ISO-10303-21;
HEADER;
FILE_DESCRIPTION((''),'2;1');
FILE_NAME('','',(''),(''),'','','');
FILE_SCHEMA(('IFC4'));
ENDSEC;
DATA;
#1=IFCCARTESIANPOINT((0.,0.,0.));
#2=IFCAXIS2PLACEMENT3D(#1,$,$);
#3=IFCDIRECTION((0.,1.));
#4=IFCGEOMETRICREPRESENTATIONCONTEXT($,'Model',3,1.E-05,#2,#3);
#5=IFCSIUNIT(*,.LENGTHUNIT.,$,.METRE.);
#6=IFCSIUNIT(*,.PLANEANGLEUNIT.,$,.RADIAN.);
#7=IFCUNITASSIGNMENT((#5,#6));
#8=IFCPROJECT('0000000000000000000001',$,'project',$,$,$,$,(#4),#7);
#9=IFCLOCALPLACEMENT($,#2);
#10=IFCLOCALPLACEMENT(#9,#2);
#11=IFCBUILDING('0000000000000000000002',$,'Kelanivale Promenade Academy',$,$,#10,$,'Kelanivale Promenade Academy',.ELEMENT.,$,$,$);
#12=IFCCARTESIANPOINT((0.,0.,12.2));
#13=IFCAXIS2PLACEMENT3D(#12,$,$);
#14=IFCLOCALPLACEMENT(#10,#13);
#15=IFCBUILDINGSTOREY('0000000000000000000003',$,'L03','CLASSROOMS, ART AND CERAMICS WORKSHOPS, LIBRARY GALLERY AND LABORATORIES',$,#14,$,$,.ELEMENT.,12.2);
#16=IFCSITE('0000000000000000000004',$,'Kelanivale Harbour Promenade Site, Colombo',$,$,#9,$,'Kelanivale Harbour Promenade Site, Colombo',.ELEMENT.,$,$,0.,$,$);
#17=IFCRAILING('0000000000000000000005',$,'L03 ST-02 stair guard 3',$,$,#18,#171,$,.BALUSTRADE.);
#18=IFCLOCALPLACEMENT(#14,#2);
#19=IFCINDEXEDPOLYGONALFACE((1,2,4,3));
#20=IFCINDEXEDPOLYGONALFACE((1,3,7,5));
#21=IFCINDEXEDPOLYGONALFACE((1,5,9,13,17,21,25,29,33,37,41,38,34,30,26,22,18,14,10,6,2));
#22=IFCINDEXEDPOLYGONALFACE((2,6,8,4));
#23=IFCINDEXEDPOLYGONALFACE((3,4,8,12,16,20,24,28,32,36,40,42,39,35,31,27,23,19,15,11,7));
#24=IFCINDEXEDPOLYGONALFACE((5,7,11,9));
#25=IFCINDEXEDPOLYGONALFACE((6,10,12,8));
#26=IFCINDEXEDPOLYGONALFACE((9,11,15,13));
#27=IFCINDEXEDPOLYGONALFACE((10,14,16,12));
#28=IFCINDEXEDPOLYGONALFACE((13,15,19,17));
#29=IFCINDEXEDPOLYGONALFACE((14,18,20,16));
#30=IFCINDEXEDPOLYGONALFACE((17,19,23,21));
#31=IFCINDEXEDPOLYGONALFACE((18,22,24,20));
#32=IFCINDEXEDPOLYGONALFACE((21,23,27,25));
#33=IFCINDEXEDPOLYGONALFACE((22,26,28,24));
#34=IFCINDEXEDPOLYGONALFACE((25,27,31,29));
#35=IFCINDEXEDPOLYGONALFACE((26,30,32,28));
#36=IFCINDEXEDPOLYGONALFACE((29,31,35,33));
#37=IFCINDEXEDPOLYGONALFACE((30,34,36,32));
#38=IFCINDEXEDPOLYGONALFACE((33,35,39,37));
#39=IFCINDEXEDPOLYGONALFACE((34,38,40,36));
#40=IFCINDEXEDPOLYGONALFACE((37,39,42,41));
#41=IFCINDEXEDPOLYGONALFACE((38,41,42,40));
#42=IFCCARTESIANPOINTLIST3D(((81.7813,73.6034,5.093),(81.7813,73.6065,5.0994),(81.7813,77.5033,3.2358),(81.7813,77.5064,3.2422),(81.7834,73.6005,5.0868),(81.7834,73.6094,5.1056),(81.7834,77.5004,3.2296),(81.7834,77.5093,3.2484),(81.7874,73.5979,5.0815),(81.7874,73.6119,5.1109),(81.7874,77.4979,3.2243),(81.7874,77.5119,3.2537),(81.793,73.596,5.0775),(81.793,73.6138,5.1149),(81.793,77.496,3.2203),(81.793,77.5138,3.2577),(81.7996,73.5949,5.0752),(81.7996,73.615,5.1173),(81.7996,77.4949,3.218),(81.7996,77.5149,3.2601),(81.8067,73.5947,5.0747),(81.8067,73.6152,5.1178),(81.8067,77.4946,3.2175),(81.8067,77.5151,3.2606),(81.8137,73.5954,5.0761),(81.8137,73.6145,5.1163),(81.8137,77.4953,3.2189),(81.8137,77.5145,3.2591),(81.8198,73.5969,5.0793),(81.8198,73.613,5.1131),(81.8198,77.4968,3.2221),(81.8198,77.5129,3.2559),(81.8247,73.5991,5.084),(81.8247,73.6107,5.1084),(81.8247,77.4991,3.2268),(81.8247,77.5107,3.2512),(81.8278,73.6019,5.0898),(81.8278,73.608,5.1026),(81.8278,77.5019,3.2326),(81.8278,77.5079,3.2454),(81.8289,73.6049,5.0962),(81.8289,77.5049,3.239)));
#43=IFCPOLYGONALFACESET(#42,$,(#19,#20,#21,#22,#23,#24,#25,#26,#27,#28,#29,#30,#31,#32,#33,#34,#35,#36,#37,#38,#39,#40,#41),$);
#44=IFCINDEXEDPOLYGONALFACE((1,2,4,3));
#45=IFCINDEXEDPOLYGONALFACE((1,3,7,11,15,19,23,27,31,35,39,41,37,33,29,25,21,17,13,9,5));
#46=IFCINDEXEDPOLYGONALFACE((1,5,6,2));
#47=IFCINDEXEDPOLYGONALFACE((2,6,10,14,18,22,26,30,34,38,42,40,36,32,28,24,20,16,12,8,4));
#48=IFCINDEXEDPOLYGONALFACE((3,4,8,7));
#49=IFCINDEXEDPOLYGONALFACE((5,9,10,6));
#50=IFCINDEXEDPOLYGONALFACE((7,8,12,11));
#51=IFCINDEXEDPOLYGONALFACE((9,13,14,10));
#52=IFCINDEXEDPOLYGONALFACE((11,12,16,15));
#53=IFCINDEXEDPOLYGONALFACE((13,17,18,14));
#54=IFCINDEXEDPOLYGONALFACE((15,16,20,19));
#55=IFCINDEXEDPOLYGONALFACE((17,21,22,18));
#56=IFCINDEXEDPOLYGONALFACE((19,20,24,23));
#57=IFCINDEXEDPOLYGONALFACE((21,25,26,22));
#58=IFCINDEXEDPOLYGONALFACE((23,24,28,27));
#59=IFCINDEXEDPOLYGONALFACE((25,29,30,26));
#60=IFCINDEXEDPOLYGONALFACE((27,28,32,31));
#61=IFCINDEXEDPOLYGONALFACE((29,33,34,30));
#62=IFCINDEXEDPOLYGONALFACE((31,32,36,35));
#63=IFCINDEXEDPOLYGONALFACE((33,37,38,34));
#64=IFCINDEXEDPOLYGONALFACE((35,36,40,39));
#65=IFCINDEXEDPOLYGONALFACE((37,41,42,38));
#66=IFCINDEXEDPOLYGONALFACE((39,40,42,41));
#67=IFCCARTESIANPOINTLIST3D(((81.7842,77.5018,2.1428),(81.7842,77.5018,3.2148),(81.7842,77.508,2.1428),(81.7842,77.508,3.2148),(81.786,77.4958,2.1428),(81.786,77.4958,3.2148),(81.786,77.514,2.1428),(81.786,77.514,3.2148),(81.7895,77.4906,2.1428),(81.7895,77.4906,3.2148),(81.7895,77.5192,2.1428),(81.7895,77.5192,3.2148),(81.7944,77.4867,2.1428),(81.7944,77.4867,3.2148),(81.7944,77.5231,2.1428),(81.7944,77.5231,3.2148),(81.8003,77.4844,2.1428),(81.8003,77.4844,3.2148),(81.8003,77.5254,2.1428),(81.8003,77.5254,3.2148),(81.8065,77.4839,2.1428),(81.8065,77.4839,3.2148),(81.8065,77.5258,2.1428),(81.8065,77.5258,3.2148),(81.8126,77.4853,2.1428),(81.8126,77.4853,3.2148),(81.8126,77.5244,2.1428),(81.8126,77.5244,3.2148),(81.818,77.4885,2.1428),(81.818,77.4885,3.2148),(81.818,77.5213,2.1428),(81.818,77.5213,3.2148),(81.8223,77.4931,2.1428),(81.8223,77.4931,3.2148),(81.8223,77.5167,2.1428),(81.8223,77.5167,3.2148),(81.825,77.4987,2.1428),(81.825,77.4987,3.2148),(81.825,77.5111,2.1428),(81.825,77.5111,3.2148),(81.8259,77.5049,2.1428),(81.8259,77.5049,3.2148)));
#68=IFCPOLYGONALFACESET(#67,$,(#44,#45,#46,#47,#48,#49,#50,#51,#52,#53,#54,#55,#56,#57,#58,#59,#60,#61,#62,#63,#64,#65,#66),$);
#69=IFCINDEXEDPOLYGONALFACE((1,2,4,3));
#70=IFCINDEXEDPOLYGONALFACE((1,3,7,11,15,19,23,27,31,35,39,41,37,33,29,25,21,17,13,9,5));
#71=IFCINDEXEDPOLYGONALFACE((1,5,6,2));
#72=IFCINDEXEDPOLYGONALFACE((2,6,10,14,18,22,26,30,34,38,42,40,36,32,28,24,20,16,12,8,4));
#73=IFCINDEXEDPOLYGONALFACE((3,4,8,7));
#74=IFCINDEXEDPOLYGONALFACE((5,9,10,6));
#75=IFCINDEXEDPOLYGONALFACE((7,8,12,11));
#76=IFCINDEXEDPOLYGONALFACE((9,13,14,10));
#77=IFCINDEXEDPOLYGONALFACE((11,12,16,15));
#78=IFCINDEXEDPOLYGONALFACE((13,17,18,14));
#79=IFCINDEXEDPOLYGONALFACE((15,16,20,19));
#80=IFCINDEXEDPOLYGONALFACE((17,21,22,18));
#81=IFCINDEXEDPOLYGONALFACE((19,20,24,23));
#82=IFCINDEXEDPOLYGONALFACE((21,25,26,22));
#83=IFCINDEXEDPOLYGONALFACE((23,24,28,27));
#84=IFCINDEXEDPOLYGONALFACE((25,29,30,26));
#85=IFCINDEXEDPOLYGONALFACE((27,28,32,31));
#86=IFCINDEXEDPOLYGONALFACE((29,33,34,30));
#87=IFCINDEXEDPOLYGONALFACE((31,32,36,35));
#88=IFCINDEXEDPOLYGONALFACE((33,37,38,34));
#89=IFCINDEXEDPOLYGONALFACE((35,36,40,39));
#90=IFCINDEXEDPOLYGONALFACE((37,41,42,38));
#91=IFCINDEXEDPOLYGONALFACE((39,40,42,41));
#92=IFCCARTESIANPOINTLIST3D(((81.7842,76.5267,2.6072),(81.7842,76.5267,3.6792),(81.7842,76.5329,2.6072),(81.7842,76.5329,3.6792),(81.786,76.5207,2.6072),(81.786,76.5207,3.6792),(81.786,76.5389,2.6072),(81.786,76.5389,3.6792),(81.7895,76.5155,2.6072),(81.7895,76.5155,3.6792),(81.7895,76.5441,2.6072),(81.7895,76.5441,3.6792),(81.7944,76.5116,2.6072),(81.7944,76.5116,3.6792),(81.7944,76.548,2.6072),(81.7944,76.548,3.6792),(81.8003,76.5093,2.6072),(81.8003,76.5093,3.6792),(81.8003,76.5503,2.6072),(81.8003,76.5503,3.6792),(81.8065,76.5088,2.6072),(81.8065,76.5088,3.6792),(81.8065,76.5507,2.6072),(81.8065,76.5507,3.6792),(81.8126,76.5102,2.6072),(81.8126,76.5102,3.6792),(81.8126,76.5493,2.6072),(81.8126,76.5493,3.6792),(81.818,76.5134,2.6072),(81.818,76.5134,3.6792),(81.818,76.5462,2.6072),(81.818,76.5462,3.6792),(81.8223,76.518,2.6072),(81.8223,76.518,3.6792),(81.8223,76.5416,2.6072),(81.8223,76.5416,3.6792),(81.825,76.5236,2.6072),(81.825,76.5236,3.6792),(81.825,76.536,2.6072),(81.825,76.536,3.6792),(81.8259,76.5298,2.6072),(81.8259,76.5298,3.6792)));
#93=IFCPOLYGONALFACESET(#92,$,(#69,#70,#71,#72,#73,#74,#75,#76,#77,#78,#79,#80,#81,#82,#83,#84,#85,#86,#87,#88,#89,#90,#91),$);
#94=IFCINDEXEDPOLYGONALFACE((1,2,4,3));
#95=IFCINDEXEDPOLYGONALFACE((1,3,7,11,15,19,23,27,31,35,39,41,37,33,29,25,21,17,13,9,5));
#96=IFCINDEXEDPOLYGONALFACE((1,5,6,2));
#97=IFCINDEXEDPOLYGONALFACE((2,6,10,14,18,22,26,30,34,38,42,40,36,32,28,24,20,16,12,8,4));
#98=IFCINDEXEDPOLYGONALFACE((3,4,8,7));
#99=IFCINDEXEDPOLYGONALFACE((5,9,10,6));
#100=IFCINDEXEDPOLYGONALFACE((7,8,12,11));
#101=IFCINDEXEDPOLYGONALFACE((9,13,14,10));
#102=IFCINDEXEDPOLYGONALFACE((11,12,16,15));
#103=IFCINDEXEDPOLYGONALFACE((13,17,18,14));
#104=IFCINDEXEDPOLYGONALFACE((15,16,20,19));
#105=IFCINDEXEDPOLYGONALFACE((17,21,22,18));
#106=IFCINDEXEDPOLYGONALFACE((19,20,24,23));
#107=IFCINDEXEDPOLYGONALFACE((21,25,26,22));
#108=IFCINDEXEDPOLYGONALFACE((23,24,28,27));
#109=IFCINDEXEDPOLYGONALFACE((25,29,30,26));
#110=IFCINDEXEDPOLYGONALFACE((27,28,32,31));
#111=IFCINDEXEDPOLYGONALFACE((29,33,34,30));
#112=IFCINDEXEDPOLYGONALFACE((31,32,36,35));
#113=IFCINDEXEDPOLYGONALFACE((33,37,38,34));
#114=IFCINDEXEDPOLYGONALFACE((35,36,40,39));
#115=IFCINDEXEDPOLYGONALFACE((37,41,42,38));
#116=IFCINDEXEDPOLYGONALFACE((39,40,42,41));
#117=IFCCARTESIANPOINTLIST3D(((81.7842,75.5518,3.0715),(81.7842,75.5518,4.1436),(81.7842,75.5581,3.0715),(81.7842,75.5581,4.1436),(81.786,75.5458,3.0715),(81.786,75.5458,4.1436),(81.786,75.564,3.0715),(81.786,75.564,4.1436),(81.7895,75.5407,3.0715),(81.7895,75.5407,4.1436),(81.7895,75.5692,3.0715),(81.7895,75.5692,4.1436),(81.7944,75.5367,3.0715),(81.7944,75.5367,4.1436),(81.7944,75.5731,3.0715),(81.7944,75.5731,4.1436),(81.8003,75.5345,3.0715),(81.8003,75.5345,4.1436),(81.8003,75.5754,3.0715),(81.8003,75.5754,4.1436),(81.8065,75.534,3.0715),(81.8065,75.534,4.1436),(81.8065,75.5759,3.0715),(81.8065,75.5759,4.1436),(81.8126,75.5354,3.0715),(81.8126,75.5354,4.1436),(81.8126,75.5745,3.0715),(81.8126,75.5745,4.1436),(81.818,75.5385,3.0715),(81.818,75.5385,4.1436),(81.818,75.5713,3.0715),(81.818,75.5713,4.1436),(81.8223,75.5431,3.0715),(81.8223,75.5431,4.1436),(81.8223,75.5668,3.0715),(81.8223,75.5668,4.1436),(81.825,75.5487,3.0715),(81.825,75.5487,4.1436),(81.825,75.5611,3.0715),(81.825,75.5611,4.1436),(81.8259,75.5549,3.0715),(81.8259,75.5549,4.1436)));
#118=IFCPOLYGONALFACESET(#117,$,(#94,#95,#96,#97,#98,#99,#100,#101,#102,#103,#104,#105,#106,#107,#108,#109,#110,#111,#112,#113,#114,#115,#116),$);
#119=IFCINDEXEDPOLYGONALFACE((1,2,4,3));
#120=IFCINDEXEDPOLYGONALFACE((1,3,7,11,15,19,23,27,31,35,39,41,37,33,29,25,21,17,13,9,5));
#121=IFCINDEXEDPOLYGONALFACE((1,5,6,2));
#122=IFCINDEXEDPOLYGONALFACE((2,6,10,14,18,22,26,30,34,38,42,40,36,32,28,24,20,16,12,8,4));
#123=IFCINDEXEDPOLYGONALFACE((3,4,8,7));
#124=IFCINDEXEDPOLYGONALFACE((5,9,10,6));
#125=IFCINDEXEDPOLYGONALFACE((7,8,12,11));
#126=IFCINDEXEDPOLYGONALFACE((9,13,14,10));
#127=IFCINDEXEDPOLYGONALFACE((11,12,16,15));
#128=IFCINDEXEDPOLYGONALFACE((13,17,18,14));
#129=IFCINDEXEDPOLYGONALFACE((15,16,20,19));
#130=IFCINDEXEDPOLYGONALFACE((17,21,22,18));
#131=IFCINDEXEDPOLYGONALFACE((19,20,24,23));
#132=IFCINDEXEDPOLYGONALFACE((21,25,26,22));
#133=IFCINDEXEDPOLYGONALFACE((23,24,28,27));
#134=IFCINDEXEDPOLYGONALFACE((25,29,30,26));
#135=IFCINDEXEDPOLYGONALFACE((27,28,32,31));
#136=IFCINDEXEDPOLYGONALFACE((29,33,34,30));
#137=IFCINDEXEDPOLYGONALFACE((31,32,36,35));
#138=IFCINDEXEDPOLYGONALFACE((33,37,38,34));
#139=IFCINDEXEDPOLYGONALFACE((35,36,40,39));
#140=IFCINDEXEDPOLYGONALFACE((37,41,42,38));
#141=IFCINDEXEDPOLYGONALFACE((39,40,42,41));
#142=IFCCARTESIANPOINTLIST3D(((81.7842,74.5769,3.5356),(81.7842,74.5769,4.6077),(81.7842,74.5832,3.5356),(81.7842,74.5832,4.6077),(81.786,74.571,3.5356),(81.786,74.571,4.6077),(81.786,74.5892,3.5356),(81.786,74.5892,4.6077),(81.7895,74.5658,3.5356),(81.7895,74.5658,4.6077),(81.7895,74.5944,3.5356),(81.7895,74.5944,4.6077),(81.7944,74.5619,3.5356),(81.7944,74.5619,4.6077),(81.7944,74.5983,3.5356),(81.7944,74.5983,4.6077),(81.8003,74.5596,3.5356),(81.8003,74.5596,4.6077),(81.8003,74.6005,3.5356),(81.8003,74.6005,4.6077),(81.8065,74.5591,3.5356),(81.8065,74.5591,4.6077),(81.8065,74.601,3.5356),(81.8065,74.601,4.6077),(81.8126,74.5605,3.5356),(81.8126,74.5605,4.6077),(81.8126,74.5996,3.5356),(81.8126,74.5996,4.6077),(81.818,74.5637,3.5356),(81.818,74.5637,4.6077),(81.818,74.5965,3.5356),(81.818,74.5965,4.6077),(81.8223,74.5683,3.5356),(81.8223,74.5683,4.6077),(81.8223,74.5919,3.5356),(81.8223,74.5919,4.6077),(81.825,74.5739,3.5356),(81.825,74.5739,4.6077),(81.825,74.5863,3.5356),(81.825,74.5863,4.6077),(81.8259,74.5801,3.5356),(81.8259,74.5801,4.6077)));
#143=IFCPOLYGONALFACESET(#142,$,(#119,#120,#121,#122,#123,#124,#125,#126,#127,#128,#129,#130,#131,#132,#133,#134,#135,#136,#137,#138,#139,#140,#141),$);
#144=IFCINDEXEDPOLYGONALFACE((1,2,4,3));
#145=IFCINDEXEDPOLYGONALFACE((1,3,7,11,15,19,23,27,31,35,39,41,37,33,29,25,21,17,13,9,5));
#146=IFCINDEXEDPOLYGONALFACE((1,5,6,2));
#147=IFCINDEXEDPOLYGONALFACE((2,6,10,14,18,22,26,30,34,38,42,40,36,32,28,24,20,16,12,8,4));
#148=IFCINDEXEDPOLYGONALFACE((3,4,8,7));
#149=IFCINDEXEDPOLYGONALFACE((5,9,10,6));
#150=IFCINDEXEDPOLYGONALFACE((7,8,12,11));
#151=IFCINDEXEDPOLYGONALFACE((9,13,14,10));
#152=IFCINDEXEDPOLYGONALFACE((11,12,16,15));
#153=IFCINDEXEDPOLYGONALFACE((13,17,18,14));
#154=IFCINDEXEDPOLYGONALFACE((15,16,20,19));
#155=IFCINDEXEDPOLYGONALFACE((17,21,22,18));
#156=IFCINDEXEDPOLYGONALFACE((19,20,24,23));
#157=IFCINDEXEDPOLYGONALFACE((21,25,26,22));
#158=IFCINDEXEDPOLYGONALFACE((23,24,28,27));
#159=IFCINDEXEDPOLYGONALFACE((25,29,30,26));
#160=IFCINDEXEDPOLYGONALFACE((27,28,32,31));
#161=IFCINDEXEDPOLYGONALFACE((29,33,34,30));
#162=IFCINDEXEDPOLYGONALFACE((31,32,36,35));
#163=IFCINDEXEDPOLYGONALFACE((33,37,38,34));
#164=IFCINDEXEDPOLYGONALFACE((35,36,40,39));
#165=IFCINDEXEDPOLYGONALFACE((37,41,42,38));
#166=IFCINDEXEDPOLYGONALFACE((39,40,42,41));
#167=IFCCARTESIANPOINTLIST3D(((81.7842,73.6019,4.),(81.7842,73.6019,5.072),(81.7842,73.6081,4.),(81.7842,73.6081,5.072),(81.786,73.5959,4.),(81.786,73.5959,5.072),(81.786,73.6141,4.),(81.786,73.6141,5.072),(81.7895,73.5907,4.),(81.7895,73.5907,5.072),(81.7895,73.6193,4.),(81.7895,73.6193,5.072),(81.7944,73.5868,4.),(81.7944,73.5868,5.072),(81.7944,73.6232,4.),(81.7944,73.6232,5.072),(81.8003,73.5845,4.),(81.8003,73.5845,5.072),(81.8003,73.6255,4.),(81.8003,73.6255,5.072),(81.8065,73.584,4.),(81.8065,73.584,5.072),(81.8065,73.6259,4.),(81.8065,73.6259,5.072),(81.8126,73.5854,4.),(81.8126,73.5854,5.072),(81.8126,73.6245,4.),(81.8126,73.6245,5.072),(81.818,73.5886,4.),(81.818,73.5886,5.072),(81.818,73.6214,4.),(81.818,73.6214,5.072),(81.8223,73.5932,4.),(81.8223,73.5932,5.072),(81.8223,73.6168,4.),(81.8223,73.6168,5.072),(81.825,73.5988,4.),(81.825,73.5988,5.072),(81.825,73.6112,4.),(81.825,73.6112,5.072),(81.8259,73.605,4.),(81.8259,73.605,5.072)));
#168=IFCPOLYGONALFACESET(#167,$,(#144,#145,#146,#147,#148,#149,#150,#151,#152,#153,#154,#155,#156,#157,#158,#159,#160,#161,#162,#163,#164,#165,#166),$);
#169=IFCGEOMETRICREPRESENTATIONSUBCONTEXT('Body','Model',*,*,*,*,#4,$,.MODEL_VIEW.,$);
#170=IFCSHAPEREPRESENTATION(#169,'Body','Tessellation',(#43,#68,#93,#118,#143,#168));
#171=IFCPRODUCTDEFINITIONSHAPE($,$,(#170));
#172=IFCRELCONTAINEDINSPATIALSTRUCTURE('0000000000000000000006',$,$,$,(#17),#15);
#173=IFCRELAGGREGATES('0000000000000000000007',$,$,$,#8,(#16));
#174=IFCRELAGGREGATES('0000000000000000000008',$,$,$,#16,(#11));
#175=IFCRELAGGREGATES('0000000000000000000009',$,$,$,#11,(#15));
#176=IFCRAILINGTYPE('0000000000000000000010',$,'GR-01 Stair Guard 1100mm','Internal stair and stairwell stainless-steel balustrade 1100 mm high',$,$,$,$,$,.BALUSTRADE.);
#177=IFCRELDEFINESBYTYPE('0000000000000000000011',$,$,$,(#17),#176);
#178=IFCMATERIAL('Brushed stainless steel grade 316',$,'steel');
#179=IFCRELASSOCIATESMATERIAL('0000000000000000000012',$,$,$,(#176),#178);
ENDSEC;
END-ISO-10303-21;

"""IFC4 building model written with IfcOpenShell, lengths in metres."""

from ifc_helpers import new_model, si_unit, direction, frame, origin, origin_2d, place, context, subcontext, project, spatial, circle, extrude, material, type_object, element, save


model = new_model("IFC4")

# Units and contexts
model_context = context("Model", 3, precision=1e-05, world=origin(), true_north=direction((0.0, 1.0)))
body_context = subcontext(model_context, "Body", "Model", "MODEL_VIEW")
ifc_project = project(units=[si_unit("LENGTHUNIT", "METRE"), si_unit("PLANEANGLEUNIT", "RADIAN")], contexts=[model_context])

# Site, building, storey
site_placement = place(None, origin())
site = spatial("IfcSite", under=ifc_project, at=site_placement, Name="Kelanivale Harbour Promenade Site, Colombo", LongName="Kelanivale Harbour Promenade Site, Colombo", CompositionType="ELEMENT", RefElevation=0.0)
building_placement = place(site_placement, origin())
building = spatial("IfcBuilding", under=site, at=building_placement, Name="Kelanivale Promenade Academy", LongName="Kelanivale Promenade Academy", CompositionType="ELEMENT")
storey_placement = place(building_placement, frame((0.0, 0.0, 12.2)))
storey = spatial("IfcBuildingStorey", under=building, at=storey_placement, Name="L03", Description="CLASSROOMS, ART AND CERAMICS WORKSHOPS, LIBRARY GALLERY AND LABORATORIES", CompositionType="ELEMENT", Elevation=12.2)

# Railing
ifc_material_1 = material(Name="Brushed stainless steel grade 316", Category="steel")
railing_type_1 = type_object("IfcRailingType", Name="GR-01 Stair Guard 1100mm", Description="Internal stair and stairwell stainless-steel balustrade 1100 mm high", PredefinedType="BALUSTRADE", material=ifc_material_1)
railing_1_placement = place(storey_placement, frame((81.8049, 77.5049, 2.1428)))
element("IfcRailing", 1, at=railing_1_placement, inside=storey, type_object=railing_type_1, Name="L03 ST-02 stair guard 3", PredefinedType="BALUSTRADE", context=body_context, shape_type="SweptSolid", body=[
    extrude(circle(Radius=0.0239, at=origin_2d()), frame((0.0, 0.0, 1.0962), z_axis=(0.0, -0.902853, 0.429949), x_axis=(1.0, 0.0, 0.0)), (0.0, 0.0, 1.0), 4.3196),
    extrude(circle(Radius=0.021, at=origin_2d()), origin(), (0.0, 0.0, 1.0), 1.072),
    extrude(circle(Radius=0.021, at=origin_2d()), frame((0.0, -0.9751, 0.4644)), (0.0, 0.0, 1.0), 1.072),
    extrude(circle(Radius=0.021, at=origin_2d()), frame((0.0, -1.95, 0.9287)), (0.0, 0.0, 1.0), 1.072),
    extrude(circle(Radius=0.021, at=origin_2d()), frame((0.0, -2.9248, 1.3928)), (0.0, 0.0, 1.0), 1.072),
    extrude(circle(Radius=0.021, at=origin_2d()), frame((0.0, -3.8999, 1.8572)), (0.0, 0.0, 1.0), 1.072),
])

save(model, "model.ifc")
